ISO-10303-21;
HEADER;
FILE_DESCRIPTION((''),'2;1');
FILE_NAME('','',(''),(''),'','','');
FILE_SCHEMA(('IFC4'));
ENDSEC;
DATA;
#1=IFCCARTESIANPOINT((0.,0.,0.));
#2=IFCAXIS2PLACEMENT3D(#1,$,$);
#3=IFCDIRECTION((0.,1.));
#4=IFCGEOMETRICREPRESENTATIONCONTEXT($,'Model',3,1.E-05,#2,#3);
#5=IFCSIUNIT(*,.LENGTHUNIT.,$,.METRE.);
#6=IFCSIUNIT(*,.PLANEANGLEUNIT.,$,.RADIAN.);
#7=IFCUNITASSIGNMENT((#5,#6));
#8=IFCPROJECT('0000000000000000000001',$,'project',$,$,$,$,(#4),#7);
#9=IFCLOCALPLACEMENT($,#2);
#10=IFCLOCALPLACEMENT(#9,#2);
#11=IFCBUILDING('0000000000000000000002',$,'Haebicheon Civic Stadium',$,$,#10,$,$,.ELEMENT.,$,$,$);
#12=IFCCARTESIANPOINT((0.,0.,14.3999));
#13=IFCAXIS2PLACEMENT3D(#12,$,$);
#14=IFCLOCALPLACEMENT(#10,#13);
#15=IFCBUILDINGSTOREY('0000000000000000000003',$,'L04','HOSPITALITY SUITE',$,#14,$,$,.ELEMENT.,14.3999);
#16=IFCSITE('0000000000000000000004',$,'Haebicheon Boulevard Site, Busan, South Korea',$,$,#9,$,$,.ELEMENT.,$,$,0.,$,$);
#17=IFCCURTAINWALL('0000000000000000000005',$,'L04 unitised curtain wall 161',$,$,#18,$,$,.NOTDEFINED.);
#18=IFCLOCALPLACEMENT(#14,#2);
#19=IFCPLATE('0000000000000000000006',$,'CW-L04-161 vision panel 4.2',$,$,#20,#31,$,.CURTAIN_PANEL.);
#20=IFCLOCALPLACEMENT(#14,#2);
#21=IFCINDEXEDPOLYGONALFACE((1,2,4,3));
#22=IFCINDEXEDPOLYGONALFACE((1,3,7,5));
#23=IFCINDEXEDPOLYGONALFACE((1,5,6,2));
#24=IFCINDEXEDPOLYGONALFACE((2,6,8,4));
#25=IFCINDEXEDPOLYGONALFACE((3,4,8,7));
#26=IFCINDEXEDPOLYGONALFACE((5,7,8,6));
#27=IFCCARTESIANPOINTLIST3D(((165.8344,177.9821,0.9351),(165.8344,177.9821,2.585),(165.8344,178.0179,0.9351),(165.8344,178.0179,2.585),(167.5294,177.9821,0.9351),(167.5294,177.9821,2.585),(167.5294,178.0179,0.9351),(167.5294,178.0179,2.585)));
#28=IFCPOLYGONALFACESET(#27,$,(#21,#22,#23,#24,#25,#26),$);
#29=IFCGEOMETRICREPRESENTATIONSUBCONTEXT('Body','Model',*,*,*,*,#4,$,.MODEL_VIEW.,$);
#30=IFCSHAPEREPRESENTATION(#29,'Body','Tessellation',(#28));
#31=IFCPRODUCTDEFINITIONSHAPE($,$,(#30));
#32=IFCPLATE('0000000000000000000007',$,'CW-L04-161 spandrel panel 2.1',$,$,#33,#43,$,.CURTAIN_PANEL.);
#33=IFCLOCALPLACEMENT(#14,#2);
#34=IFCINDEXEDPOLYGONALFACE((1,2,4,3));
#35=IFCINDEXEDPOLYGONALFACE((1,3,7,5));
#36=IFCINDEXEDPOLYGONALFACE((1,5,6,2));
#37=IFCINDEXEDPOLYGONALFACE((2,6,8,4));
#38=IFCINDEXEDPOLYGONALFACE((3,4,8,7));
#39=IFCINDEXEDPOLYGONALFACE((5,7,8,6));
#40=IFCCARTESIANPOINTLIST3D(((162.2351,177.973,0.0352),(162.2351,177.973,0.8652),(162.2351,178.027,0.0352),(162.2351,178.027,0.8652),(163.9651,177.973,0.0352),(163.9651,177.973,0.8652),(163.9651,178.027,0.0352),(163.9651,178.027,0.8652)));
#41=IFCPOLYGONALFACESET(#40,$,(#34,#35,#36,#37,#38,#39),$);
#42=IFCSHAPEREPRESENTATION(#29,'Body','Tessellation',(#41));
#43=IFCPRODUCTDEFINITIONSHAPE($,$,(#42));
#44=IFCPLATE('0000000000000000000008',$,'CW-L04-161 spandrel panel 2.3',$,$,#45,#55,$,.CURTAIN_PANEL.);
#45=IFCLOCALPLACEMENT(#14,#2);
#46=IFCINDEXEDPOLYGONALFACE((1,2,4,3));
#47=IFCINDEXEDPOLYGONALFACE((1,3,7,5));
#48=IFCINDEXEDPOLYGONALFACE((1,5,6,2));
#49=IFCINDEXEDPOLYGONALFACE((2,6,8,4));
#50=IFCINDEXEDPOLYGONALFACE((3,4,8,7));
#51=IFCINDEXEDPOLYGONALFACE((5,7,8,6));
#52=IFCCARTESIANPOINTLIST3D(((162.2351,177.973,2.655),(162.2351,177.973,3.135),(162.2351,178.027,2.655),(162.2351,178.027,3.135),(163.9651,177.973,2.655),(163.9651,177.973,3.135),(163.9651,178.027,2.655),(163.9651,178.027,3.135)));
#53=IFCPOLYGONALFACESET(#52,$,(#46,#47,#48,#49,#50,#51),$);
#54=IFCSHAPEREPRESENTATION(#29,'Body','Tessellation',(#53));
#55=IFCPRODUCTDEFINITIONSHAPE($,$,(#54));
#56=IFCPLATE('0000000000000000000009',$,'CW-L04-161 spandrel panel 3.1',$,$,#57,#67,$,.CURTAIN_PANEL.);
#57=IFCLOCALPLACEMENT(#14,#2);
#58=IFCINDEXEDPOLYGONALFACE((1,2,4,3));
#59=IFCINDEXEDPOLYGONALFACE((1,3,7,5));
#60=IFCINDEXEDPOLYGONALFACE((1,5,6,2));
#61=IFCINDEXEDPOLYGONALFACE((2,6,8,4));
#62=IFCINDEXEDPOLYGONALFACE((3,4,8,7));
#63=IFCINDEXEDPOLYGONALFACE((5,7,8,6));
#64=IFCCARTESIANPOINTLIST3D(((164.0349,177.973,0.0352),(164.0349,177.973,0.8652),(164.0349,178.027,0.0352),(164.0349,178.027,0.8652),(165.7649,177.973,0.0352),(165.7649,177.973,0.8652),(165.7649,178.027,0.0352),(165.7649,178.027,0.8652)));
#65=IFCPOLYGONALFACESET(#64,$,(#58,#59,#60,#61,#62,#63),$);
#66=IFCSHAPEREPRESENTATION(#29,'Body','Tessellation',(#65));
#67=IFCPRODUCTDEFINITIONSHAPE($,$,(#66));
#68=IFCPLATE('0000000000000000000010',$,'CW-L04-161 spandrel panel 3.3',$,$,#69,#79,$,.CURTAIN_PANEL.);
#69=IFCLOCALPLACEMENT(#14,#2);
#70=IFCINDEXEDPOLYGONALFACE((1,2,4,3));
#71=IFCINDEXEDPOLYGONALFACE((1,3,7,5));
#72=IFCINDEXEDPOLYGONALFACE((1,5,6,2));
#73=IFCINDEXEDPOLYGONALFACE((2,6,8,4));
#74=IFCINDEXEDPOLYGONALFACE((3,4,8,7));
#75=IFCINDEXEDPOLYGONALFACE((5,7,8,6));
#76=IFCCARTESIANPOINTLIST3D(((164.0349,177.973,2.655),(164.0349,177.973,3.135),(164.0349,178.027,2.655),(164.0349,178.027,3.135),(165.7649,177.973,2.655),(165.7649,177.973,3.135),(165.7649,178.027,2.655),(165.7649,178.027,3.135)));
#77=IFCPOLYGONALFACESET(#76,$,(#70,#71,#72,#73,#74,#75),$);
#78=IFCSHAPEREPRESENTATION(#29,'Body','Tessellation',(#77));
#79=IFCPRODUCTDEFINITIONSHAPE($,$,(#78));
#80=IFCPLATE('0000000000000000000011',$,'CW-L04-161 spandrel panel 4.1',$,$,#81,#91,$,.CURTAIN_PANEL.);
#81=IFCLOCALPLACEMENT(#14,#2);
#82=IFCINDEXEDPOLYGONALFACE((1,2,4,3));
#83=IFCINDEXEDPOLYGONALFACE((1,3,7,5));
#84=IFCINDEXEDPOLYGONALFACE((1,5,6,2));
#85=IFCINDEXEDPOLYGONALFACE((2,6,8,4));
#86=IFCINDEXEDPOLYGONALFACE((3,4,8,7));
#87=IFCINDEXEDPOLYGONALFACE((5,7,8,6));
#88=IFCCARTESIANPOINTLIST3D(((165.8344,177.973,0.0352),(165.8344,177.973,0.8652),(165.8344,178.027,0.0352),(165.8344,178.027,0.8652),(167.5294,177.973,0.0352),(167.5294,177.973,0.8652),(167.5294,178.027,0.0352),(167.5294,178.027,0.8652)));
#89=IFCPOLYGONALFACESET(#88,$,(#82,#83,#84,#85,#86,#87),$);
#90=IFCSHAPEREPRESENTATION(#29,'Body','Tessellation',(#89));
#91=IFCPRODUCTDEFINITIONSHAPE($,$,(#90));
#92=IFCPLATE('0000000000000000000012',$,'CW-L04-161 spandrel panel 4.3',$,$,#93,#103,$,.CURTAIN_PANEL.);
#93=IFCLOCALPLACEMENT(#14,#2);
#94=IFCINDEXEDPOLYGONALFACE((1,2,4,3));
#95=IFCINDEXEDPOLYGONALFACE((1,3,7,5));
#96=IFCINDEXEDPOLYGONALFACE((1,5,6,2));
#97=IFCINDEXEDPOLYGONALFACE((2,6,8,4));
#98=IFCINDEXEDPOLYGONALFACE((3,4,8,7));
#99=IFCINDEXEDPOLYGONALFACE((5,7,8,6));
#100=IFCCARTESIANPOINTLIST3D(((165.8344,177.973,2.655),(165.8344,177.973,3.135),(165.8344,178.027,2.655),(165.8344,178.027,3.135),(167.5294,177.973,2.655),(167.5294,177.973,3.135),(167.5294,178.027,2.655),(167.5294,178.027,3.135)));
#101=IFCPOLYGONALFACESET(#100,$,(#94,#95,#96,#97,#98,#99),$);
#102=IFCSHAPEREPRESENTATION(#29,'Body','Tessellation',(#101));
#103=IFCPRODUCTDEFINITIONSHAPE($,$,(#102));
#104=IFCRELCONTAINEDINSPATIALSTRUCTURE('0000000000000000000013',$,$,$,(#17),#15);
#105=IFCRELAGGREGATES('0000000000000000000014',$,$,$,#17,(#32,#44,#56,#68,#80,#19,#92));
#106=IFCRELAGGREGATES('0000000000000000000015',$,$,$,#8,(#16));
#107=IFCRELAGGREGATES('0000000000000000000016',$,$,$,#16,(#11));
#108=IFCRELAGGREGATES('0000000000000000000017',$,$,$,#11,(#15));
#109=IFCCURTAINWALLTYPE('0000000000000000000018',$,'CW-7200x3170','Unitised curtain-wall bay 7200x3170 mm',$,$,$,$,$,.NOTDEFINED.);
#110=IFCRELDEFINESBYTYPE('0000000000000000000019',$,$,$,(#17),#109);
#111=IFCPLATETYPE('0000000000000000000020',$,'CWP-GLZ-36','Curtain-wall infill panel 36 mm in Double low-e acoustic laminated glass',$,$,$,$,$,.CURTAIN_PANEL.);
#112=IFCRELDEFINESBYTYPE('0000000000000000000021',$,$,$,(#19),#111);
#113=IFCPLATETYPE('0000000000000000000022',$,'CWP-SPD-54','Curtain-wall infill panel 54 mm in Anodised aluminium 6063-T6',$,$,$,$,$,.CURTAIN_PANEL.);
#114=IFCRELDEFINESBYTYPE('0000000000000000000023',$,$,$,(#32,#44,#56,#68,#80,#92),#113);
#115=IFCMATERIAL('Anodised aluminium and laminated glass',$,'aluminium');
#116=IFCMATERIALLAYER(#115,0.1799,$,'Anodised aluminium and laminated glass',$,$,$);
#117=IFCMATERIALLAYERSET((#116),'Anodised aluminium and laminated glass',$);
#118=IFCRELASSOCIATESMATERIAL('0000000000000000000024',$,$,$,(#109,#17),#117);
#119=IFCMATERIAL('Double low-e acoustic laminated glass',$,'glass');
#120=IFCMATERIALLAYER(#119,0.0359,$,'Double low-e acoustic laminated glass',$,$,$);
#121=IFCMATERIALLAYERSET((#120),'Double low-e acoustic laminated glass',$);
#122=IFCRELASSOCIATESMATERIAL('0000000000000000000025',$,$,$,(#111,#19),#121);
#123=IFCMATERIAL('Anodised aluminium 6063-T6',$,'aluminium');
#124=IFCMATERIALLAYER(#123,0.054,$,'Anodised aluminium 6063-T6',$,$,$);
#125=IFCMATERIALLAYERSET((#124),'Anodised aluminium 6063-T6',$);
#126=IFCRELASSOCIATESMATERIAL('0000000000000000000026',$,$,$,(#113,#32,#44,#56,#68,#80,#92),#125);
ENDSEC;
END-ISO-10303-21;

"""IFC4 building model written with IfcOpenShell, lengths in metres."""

from ifc_helpers import new_model, si_unit, direction, frame, origin, origin_2d, place, context, subcontext, project, spatial, rectangle, extrude, material, layer, layer_set, type_object, element, aggregate, save


model = new_model("IFC4")

# Units and contexts
model_context = context("Model", 3, precision=1e-05, world=origin(), true_north=direction((0.0, 1.0)))
body_context = subcontext(model_context, "Body", "Model", "MODEL_VIEW")
ifc_project = project(units=[si_unit("LENGTHUNIT", "METRE"), si_unit("PLANEANGLEUNIT", "RADIAN")], contexts=[model_context])

# Site, building, storey
site_placement = place(None, origin())
site = spatial("IfcSite", under=ifc_project, at=site_placement, Name="Haebicheon Boulevard Site, Busan, South Korea", CompositionType="ELEMENT", RefElevation=0.0)
building_placement = place(site_placement, origin())
building = spatial("IfcBuilding", under=site, at=building_placement, Name="Haebicheon Civic Stadium", CompositionType="ELEMENT")
storey_placement = place(building_placement, frame((0.0, 0.0, 14.3999)))
storey = spatial("IfcBuildingStorey", under=building, at=storey_placement, Name="L04", Description="HOSPITALITY SUITE", CompositionType="ELEMENT", Elevation=14.3999)

# Curtain wall, plates
ifc_material_1 = material(Name="Anodised aluminium and laminated glass", Category="aluminium")
ifc_layer_1 = layer(ifc_material_1, 0.1799, Name="Anodised aluminium and laminated glass")
ifc_layer_set_1 = layer_set([ifc_layer_1], Name="Anodised aluminium and laminated glass")
curtain_wall_type = type_object("IfcCurtainWallType", Name="CW-7200x3170", Description="Unitised curtain-wall bay 7200x3170 mm", PredefinedType="NOTDEFINED", material=ifc_layer_set_1)
curtain_wall_placement = place(storey_placement, origin())
curtain_wall = element("IfcCurtainWall", 1, at=curtain_wall_placement, inside=storey, type_object=curtain_wall_type, material=ifc_layer_set_1, Name="L04 unitised curtain wall 161", PredefinedType="NOTDEFINED")
ifc_material_2 = material(Name="Double low-e acoustic laminated glass", Category="glass")
ifc_layer_2 = layer(ifc_material_2, 0.0359, Name="Double low-e acoustic laminated glass")
ifc_layer_set_2 = layer_set([ifc_layer_2], Name="Double low-e acoustic laminated glass")
plate_type_1 = type_object("IfcPlateType", Name="CWP-GLZ-36", Description="Curtain-wall infill panel 36 mm in Double low-e acoustic laminated glass", PredefinedType="CURTAIN_PANEL", material=ifc_layer_set_2)
plate_1_placement = place(storey_placement, frame((166.6819, 178.0, 0.9351), z_axis=(0.0, 0.0, 1.0), x_axis=(1.0, 0.0, 0.0)))
plate_1 = element("IfcPlate", 2, at=plate_1_placement, type_object=plate_type_1, material=ifc_layer_set_2, Name="CW-L04-161 vision panel 4.2", PredefinedType="CURTAIN_PANEL", context=body_context, shape_type="SweptSolid", body=[
    extrude(rectangle(XDim=1.6951, YDim=0.0359, at=origin_2d()), origin(), (0.0, 0.0, 1.0), 1.6499),
])
ifc_material_3 = material(Name="Anodised aluminium 6063-T6", Category="aluminium")
ifc_layer_3 = layer(ifc_material_3, 0.054, Name="Anodised aluminium 6063-T6")
ifc_layer_set_3 = layer_set([ifc_layer_3], Name="Anodised aluminium 6063-T6")
plate_type_2 = type_object("IfcPlateType", Name="CWP-SPD-54", Description="Curtain-wall infill panel 54 mm in Anodised aluminium 6063-T6", PredefinedType="CURTAIN_PANEL", material=ifc_layer_set_3)
plate_2_placement = place(storey_placement, frame((163.1001, 178.0, 0.0352), z_axis=(0.0, 0.0, 1.0), x_axis=(1.0, 0.0, 0.0)))
plate_2 = element("IfcPlate", 3, at=plate_2_placement, type_object=plate_type_2, material=ifc_layer_set_3, Name="CW-L04-161 spandrel panel 2.1", PredefinedType="CURTAIN_PANEL", context=body_context, shape_type="SweptSolid", body=[
    extrude(rectangle(XDim=1.73, YDim=0.054, at=origin_2d()), origin(), (0.0, 0.0, 1.0), 0.8301),
])
plate_3_placement = place(storey_placement, frame((163.1001, 178.0, 2.655), z_axis=(0.0, 0.0, 1.0), x_axis=(1.0, 0.0, 0.0)))
plate_3 = element("IfcPlate", 4, at=plate_3_placement, type_object=plate_type_2, material=ifc_layer_set_3, Name="CW-L04-161 spandrel panel 2.3", PredefinedType="CURTAIN_PANEL", context=body_context, shape_type="SweptSolid", body=[
    extrude(rectangle(XDim=1.73, YDim=0.054, at=origin_2d()), origin(), (0.0, 0.0, 1.0), 0.48),
])
plate_4_placement = place(storey_placement, frame((164.8999, 178.0, 0.0352), z_axis=(0.0, 0.0, 1.0), x_axis=(1.0, 0.0, 0.0)))
plate_4 = element("IfcPlate", 5, at=plate_4_placement, type_object=plate_type_2, material=ifc_layer_set_3, Name="CW-L04-161 spandrel panel 3.1", PredefinedType="CURTAIN_PANEL", context=body_context, shape_type="SweptSolid", body=[
    extrude(rectangle(XDim=1.73, YDim=0.054, at=origin_2d()), origin(), (0.0, 0.0, 1.0), 0.8301),
])
plate_5_placement = place(storey_placement, frame((164.8999, 178.0, 2.655), z_axis=(0.0, 0.0, 1.0), x_axis=(1.0, 0.0, 0.0)))
plate_5 = element("IfcPlate", 6, at=plate_5_placement, type_object=plate_type_2, material=ifc_layer_set_3, Name="CW-L04-161 spandrel panel 3.3", PredefinedType="CURTAIN_PANEL", context=body_context, shape_type="SweptSolid", body=[
    extrude(rectangle(XDim=1.73, YDim=0.054, at=origin_2d()), origin(), (0.0, 0.0, 1.0), 0.48),
])
plate_6_placement = place(storey_placement, frame((166.6819, 178.0, 0.0352), z_axis=(0.0, 0.0, 1.0), x_axis=(1.0, 0.0, 0.0)))
plate_6 = element("IfcPlate", 7, at=plate_6_placement, type_object=plate_type_2, material=ifc_layer_set_3, Name="CW-L04-161 spandrel panel 4.1", PredefinedType="CURTAIN_PANEL", context=body_context, shape_type="SweptSolid", body=[
    extrude(rectangle(XDim=1.6951, YDim=0.054, at=origin_2d()), origin(), (0.0, 0.0, 1.0), 0.8301),
])
plate_7_placement = place(storey_placement, frame((166.6819, 178.0, 2.655), z_axis=(0.0, 0.0, 1.0), x_axis=(1.0, 0.0, 0.0)))
plate_7 = element("IfcPlate", 8, at=plate_7_placement, type_object=plate_type_2, material=ifc_layer_set_3, Name="CW-L04-161 spandrel panel 4.3", PredefinedType="CURTAIN_PANEL", context=body_context, shape_type="SweptSolid", body=[
    extrude(rectangle(XDim=1.6951, YDim=0.054, at=origin_2d()), origin(), (0.0, 0.0, 1.0), 0.48),
])
aggregate(curtain_wall, [plate_2, plate_3, plate_4, plate_5, plate_6, plate_1, plate_7])

save(model, "model.ifc")
